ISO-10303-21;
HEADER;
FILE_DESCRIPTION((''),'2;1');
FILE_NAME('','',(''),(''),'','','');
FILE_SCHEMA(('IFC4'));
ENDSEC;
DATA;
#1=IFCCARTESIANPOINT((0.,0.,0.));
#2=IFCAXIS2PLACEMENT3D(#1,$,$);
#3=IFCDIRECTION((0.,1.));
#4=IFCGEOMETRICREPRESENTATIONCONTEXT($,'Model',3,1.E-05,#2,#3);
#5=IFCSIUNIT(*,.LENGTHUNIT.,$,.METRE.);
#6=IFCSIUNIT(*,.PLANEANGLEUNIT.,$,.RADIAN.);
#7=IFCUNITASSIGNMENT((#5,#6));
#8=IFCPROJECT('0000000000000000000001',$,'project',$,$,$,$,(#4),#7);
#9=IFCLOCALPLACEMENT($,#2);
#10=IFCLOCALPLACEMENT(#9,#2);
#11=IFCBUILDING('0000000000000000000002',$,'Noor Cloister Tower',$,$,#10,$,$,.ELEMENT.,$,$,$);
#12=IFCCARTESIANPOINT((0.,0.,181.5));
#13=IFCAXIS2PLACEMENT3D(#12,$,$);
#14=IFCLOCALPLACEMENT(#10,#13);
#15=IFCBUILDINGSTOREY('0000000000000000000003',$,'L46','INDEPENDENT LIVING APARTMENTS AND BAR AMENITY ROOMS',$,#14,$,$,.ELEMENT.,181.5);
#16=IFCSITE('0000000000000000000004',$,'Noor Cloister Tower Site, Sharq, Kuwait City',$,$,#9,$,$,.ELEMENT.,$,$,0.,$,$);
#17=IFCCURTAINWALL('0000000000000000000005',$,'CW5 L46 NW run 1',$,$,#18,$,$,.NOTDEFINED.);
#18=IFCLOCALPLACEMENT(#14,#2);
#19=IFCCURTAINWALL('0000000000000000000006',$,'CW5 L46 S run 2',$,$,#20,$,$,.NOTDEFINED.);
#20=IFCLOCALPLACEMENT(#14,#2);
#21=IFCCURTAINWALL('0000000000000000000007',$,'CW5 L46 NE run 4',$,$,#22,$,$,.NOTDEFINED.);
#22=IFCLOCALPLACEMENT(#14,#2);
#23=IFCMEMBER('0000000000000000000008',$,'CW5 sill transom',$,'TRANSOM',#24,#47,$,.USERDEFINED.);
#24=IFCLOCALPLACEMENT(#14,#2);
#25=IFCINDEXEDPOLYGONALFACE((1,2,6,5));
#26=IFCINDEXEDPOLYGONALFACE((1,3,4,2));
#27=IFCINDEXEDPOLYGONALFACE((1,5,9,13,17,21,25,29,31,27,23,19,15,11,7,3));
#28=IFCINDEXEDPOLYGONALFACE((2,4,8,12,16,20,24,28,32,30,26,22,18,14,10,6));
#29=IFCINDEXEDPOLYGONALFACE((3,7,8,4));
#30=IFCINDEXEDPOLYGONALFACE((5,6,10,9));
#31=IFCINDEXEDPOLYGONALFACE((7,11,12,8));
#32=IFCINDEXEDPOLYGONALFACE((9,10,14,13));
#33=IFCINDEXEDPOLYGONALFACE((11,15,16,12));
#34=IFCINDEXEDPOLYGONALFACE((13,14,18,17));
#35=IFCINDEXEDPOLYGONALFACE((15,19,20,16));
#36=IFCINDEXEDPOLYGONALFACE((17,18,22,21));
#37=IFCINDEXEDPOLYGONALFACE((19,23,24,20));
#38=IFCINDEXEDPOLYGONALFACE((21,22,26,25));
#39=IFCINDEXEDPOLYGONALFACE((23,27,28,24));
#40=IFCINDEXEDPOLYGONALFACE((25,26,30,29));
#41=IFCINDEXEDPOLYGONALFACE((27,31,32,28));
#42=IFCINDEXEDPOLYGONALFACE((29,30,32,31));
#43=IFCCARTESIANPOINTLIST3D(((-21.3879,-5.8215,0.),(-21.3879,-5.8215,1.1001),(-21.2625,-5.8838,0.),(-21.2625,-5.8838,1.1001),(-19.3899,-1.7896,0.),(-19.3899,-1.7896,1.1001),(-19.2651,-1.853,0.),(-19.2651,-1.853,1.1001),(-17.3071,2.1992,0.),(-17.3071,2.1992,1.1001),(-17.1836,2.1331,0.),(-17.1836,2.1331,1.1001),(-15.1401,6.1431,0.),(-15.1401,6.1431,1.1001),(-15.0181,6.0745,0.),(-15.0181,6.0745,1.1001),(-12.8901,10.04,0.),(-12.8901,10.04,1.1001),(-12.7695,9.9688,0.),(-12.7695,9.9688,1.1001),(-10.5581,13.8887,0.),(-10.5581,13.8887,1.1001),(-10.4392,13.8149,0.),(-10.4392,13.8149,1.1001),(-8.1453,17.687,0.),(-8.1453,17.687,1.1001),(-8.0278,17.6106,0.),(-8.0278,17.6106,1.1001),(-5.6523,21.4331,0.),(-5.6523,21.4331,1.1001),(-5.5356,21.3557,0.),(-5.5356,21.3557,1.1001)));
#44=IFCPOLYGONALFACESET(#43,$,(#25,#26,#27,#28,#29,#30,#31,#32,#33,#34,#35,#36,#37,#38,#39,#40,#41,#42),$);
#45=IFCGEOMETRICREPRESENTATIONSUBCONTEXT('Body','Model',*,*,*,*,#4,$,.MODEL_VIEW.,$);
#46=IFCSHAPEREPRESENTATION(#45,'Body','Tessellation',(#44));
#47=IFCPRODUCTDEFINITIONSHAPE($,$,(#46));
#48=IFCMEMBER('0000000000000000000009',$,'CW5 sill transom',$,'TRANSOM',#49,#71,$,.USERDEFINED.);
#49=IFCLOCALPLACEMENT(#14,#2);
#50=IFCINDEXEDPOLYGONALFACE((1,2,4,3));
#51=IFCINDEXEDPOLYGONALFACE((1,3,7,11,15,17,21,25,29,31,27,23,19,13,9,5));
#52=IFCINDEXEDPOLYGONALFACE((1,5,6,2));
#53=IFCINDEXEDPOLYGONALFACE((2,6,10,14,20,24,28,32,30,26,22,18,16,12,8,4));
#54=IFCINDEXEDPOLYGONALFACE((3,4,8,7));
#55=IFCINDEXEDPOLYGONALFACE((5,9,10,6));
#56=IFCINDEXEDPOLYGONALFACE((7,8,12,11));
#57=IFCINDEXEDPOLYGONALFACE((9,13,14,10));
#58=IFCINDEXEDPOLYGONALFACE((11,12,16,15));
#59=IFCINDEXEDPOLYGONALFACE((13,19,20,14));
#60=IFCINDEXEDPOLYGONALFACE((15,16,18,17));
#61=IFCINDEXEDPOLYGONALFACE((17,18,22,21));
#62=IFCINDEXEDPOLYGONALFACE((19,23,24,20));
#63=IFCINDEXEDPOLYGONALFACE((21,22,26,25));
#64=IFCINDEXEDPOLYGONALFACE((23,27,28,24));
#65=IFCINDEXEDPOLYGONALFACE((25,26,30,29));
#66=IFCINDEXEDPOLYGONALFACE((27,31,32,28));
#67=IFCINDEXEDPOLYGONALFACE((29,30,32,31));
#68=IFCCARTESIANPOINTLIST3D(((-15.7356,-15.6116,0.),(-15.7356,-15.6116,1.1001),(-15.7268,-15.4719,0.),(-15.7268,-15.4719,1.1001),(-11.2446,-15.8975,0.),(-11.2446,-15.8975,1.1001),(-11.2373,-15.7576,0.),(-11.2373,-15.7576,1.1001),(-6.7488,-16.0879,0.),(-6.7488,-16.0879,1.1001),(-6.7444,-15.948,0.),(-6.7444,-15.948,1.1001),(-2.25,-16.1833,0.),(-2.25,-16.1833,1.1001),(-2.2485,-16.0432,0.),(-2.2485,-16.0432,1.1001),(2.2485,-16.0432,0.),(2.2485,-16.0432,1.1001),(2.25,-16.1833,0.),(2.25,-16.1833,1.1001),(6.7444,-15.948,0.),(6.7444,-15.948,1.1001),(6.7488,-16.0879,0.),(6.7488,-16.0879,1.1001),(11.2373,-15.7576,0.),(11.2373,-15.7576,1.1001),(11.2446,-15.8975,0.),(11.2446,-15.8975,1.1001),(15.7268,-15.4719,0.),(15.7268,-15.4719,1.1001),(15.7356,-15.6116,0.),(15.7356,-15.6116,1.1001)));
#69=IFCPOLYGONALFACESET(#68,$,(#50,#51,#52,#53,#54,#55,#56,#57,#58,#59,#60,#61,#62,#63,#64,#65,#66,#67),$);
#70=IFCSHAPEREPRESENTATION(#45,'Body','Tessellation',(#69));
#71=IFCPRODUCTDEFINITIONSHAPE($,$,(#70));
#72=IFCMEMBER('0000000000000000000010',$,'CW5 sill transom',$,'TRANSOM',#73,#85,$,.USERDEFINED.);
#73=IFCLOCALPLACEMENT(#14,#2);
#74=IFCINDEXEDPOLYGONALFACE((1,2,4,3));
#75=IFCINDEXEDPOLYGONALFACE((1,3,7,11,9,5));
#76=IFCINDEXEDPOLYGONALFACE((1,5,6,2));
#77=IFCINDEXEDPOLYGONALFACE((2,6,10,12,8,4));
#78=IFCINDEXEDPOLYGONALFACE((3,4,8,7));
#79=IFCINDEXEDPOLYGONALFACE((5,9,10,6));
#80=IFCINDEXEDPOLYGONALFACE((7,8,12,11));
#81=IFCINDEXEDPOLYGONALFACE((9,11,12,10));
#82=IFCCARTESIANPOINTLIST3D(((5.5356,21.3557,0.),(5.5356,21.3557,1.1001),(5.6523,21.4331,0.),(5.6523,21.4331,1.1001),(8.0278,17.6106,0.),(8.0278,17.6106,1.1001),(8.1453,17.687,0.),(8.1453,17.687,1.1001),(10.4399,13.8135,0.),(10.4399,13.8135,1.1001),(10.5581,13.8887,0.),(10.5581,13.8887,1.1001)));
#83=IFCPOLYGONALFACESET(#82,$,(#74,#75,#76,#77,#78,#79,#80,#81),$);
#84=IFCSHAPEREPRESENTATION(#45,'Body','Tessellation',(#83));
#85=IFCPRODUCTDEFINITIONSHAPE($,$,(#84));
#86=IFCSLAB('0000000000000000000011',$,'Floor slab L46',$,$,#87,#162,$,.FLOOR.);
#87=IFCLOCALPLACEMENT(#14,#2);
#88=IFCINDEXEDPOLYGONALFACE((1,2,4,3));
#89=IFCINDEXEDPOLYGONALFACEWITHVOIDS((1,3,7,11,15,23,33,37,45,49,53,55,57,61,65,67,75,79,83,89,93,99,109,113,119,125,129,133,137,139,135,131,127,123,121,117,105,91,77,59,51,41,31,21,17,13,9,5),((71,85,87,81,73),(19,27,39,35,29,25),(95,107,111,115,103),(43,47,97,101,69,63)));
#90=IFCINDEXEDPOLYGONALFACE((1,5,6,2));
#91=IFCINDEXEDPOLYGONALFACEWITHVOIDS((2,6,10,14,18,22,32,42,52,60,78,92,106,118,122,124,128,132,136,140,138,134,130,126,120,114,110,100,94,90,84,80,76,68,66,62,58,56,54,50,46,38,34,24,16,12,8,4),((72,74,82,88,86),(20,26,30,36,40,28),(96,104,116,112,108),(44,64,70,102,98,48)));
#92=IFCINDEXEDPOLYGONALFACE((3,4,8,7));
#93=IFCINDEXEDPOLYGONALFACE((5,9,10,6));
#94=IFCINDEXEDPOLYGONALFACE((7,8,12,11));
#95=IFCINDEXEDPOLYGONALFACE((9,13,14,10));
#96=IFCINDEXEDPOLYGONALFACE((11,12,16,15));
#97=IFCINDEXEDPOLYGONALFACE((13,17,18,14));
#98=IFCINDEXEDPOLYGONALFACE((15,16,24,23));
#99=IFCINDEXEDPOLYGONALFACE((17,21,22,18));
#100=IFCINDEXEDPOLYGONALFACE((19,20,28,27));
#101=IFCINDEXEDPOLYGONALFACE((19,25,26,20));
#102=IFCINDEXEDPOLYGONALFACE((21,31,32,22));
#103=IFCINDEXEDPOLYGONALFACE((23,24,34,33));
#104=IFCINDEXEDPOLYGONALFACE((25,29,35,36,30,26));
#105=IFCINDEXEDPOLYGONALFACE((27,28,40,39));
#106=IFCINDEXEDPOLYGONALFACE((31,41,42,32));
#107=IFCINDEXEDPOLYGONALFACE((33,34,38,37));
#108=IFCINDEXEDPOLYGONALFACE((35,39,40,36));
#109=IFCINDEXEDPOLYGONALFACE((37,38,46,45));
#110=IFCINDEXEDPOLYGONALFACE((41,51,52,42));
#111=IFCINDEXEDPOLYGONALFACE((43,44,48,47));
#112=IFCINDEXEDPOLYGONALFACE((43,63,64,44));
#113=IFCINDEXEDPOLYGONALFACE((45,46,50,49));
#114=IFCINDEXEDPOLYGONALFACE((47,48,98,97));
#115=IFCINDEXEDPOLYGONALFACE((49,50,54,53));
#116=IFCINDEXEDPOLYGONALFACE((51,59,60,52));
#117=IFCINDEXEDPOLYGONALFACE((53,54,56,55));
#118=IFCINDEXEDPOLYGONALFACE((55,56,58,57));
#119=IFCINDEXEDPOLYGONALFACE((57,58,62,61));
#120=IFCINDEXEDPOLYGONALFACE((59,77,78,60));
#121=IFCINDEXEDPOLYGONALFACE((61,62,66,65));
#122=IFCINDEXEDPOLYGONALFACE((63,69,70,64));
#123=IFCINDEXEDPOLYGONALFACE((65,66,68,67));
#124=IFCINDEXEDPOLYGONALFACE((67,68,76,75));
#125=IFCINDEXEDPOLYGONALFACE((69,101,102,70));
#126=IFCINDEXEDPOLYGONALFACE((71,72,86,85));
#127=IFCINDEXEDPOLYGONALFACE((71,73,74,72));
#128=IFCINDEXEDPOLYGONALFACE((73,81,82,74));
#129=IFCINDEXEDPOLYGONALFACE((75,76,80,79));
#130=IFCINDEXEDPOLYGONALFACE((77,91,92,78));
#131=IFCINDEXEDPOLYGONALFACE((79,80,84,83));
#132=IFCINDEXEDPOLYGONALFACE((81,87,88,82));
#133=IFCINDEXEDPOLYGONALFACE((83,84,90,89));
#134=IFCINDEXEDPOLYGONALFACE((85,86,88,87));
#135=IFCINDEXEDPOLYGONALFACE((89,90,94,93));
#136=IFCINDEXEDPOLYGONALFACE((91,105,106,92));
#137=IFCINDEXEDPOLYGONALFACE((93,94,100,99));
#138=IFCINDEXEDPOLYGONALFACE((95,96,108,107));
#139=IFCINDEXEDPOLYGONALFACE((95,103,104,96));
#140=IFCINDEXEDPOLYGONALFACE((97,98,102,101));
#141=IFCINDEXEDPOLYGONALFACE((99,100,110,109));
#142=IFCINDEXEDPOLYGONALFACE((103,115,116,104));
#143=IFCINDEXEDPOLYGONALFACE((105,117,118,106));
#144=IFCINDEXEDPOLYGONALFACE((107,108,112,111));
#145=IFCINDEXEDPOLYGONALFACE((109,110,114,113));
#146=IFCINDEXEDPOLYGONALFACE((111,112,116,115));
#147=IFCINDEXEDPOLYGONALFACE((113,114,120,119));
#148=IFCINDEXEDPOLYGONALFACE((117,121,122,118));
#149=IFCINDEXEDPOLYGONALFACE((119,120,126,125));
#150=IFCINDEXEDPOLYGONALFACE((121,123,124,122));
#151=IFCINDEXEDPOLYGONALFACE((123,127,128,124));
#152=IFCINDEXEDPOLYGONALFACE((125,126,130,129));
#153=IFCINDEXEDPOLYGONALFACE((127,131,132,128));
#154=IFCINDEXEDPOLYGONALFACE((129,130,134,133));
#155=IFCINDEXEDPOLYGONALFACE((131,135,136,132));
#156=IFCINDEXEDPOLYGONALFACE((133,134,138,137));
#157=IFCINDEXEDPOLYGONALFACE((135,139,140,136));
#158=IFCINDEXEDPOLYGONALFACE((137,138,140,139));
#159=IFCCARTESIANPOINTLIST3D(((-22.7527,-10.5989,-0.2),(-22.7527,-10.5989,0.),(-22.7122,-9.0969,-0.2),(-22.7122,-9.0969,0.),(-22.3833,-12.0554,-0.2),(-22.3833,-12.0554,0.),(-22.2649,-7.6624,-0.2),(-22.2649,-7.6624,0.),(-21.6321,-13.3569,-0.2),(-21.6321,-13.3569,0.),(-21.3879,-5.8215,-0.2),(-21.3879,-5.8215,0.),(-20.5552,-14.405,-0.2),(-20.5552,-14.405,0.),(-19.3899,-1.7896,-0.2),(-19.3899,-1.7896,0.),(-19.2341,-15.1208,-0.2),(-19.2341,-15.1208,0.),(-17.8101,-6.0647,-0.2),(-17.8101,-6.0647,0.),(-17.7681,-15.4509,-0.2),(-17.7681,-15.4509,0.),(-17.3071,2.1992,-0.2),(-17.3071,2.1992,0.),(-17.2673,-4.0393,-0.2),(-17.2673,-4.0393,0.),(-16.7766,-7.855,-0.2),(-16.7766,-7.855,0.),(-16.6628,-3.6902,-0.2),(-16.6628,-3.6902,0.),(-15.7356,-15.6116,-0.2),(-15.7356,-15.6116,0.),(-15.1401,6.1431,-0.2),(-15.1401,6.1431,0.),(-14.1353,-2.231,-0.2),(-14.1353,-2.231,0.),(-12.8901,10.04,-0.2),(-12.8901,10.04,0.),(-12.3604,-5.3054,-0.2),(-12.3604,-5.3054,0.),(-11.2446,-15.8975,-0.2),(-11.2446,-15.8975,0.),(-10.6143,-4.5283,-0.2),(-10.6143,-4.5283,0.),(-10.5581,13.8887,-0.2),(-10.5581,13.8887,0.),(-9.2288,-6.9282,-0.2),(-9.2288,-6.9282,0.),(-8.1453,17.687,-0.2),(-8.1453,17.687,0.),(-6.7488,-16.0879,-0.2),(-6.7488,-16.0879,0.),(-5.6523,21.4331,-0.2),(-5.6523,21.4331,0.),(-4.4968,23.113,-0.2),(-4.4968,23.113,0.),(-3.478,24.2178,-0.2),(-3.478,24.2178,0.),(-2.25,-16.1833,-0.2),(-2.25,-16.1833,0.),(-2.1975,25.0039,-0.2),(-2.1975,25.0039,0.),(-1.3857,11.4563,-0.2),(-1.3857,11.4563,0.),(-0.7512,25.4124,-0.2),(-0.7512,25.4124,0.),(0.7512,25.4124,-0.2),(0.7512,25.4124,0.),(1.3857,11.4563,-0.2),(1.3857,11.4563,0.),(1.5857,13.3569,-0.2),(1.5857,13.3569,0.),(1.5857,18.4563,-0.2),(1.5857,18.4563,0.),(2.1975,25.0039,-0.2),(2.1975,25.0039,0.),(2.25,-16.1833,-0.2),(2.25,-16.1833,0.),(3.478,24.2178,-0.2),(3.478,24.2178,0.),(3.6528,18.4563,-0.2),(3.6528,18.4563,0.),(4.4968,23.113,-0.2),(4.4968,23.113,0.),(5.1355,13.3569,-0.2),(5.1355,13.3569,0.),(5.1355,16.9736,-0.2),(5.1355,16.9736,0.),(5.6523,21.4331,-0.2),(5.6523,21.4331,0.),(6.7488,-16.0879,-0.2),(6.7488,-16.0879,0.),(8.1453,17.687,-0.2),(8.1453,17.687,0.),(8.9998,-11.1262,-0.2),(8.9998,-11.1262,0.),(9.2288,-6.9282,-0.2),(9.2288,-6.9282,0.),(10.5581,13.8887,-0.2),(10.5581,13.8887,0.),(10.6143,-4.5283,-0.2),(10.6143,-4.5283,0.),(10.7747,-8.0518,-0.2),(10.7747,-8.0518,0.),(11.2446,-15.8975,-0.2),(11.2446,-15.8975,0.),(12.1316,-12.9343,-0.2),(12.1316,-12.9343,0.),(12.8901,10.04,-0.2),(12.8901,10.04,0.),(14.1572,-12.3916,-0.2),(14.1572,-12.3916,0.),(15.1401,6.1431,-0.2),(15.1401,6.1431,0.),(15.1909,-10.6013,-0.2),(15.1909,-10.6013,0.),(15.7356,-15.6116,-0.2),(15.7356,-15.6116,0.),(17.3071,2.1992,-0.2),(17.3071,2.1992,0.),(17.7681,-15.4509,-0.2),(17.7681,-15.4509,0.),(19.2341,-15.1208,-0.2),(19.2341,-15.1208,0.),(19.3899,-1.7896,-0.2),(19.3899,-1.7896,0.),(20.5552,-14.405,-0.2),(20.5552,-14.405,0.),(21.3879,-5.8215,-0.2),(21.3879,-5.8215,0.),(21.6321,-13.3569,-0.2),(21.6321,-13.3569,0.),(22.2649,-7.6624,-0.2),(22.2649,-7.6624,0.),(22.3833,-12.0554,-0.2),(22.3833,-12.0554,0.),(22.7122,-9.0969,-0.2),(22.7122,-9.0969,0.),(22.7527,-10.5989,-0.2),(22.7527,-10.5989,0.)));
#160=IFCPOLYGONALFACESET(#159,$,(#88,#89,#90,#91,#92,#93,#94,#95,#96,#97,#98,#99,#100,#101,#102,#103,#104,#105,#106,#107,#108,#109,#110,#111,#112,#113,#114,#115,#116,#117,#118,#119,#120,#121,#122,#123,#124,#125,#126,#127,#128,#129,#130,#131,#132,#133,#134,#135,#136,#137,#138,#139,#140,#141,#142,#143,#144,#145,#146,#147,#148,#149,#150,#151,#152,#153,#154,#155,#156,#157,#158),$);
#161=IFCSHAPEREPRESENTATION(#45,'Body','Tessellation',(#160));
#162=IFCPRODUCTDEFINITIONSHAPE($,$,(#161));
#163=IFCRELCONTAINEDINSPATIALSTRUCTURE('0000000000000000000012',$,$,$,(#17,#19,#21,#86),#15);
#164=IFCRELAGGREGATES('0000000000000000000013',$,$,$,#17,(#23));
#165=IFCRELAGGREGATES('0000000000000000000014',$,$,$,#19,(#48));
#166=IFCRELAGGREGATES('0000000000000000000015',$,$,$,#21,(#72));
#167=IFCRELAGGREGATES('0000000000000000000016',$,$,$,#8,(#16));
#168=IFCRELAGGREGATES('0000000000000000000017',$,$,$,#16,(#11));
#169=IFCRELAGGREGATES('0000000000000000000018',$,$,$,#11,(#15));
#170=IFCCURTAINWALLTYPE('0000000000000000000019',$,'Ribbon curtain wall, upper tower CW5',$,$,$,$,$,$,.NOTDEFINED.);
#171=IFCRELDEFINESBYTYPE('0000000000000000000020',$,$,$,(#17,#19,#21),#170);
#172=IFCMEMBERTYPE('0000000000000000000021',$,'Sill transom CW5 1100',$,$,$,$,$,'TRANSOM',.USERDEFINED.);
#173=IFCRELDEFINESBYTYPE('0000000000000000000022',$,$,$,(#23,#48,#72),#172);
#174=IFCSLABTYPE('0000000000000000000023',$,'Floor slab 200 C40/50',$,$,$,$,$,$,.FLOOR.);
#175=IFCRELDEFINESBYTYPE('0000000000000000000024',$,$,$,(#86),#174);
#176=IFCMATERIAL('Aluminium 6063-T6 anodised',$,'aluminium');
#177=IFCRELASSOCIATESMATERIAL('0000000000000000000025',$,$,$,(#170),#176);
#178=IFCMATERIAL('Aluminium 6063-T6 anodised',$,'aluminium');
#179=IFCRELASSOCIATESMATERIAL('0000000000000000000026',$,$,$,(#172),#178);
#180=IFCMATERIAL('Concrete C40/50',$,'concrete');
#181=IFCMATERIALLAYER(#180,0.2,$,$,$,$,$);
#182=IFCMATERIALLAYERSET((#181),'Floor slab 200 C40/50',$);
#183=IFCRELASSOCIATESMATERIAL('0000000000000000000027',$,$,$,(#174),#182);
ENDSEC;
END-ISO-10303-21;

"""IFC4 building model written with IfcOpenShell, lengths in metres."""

from ifc_helpers import new_model, si_unit, direction, frame, origin, place, context, subcontext, project, spatial, polyline, outline, extrude, material, layer, layer_set, type_object, element, aggregate, save


model = new_model("IFC4")

# Units and contexts
model_context = context("Model", 3, precision=1e-05, world=origin(), true_north=direction((0.0, 1.0)))
body_context = subcontext(model_context, "Body", "Model", "MODEL_VIEW")
ifc_project = project(units=[si_unit("LENGTHUNIT", "METRE"), si_unit("PLANEANGLEUNIT", "RADIAN")], contexts=[model_context])

# Site, building, storey
site_placement = place(None, origin())
site = spatial("IfcSite", under=ifc_project, at=site_placement, Name="Noor Cloister Tower Site, Sharq, Kuwait City", CompositionType="ELEMENT", RefElevation=0.0)
building_placement = place(site_placement, origin())
building = spatial("IfcBuilding", under=site, at=building_placement, Name="Noor Cloister Tower", CompositionType="ELEMENT")
storey_placement = place(building_placement, frame((0.0, 0.0, 181.5)))
storey = spatial("IfcBuildingStorey", under=building, at=storey_placement, Name="L46", Description="INDEPENDENT LIVING APARTMENTS AND BAR AMENITY ROOMS", CompositionType="ELEMENT", Elevation=181.5)

# Curtain walls
ifc_material_1 = material(Name="Aluminium 6063-T6 anodised", Category="aluminium")
curtain_wall_type_1 = type_object("IfcCurtainWallType", Name="Ribbon curtain wall, upper tower CW5", PredefinedType="NOTDEFINED", material=ifc_material_1)
curtain_wall_1_placement = place(storey_placement, origin())
curtain_wall_1 = element("IfcCurtainWall", 1, at=curtain_wall_1_placement, inside=storey, type_object=curtain_wall_type_1, Name="CW5 L46 NW run 1", PredefinedType="NOTDEFINED")
curtain_wall_2_placement = place(storey_placement, origin())
curtain_wall_2 = element("IfcCurtainWall", 2, at=curtain_wall_2_placement, inside=storey, type_object=curtain_wall_type_1, Name="CW5 L46 S run 2", PredefinedType="NOTDEFINED")
curtain_wall_3_placement = place(storey_placement, origin())
curtain_wall_3 = element("IfcCurtainWall", 3, at=curtain_wall_3_placement, inside=storey, type_object=curtain_wall_type_1, Name="CW5 L46 NE run 4", PredefinedType="NOTDEFINED")

# Members
ifc_material_2 = material(Name="Aluminium 6063-T6 anodised", Category="aluminium")
member_type_1 = type_object("IfcMemberType", Name="Sill transom CW5 1100", ElementType="TRANSOM", PredefinedType="USERDEFINED", material=ifc_material_2)
member_1_placement = place(storey_placement, origin())
member_1 = element("IfcMember", 4, at=member_1_placement, type_object=member_type_1, Name="CW5 sill transom", ObjectType="TRANSOM", PredefinedType="USERDEFINED", context=body_context, shape_type="SweptSolid", body=[
    extrude(outline(polyline([(-5.6523, 21.4331), (-8.1453, 17.687), (-10.5581, 13.8887), (-12.8901, 10.04), (-15.1401, 6.1431), (-17.3071, 2.1992), (-19.3899, -1.7896), (-21.3879, -5.8215), (-21.2625, -5.8838), (-19.2651, -1.853), (-17.1836, 2.1331), (-15.0181, 6.0745), (-12.7695, 9.9688), (-10.4392, 13.8149), (-8.0278, 17.6106), (-5.5356, 21.3557), (-5.6523, 21.4331)])), origin(), (0.0, 0.0, 1.0), 1.1001),
])
aggregate(curtain_wall_1, [member_1])
member_2_placement = place(storey_placement, origin())
member_2 = element("IfcMember", 5, at=member_2_placement, type_object=member_type_1, Name="CW5 sill transom", ObjectType="TRANSOM", PredefinedType="USERDEFINED", context=body_context, shape_type="SweptSolid", body=[
    extrude(outline(polyline([(-15.7356, -15.6116), (-11.2446, -15.8975), (-6.7488, -16.0879), (-2.25, -16.1833), (2.25, -16.1833), (6.7488, -16.0879), (11.2446, -15.8975), (15.7356, -15.6116), (15.7268, -15.4719), (11.2373, -15.7576), (6.7444, -15.948), (2.2485, -16.0432), (-2.2485, -16.0432), (-6.7444, -15.948), (-11.2373, -15.7576), (-15.7268, -15.4719), (-15.7356, -15.6116)])), origin(), (0.0, 0.0, 1.0), 1.1001),
])
aggregate(curtain_wall_2, [member_2])
member_3_placement = place(storey_placement, origin())
member_3 = element("IfcMember", 6, at=member_3_placement, type_object=member_type_1, Name="CW5 sill transom", ObjectType="TRANSOM", PredefinedType="USERDEFINED", context=body_context, shape_type="SweptSolid", body=[
    extrude(outline(polyline([(10.5581, 13.8887), (8.1453, 17.687), (5.6523, 21.4331), (5.5356, 21.3557), (8.0278, 17.6106), (10.4399, 13.8135), (10.5581, 13.8887)])), origin(), (0.0, 0.0, 1.0), 1.1001),
])
aggregate(curtain_wall_3, [member_3])

# Slab
ifc_material_3 = material(Name="Concrete C40/50", Category="concrete")
ifc_layer_1 = layer(ifc_material_3, 0.2)
ifc_layer_set_1 = layer_set([ifc_layer_1], Name="Floor slab 200 C40/50")
slab_type_1 = type_object("IfcSlabType", Name="Floor slab 200 C40/50", PredefinedType="FLOOR", material=ifc_layer_set_1)
slab_1_placement = place(storey_placement, frame((0.0, 0.0, -0.2)))
element("IfcSlab", 7, at=slab_1_placement, inside=storey, type_object=slab_type_1, Name="Floor slab L46", PredefinedType="FLOOR", context=body_context, shape_type="SweptSolid", body=[
    extrude(outline(polyline([(4.4968, 23.113), (3.478, 24.2178), (2.1975, 25.0039), (0.7512, 25.4124), (-0.7512, 25.4124), (-2.1975, 25.0039), (-3.478, 24.2178), (-4.4968, 23.113), (-5.6523, 21.4331), (-8.1453, 17.687), (-10.5581, 13.8887), (-12.8901, 10.04), (-15.1401, 6.1431), (-17.3071, 2.1992), (-19.3899, -1.7896), (-21.3879, -5.8215), (-22.2649, -7.6624), (-22.7122, -9.0969), (-22.7527, -10.5989), (-22.3833, -12.0554), (-21.6321, -13.3569), (-20.5552, -14.405), (-19.2341, -15.1208), (-17.7681, -15.4509), (-15.7356, -15.6116), (-11.2446, -15.8975), (-6.7488, -16.0879), (-2.25, -16.1833), (2.25, -16.1833), (6.7488, -16.0879), (11.2446, -15.8975), (15.7356, -15.6116), (17.7681, -15.4509), (19.2341, -15.1208), (20.5552, -14.405), (21.6321, -13.3569), (22.3833, -12.0554), (22.7527, -10.5989), (22.7122, -9.0969), (22.2649, -7.6624), (21.3879, -5.8215), (19.3899, -1.7896), (17.3071, 2.1992), (15.1401, 6.1431), (12.8901, 10.04), (10.5581, 13.8887), (8.1453, 17.687), (5.6523, 21.4331), (4.4968, 23.113)]), holes=[polyline([(8.9998, -11.1262), (12.1316, -12.9343), (14.1572, -12.3916), (15.1909, -10.6013), (10.7747, -8.0518), (8.9998, -11.1262)]), polyline([(-17.8101, -6.0647), (-16.7766, -7.855), (-12.3604, -5.3054), (-14.1353, -2.231), (-16.6628, -3.6902), (-17.2673, -4.0393), (-17.8101, -6.0647)]), polyline([(-10.6143, -4.5283), (-9.2288, -6.9282), (9.2288, -6.9282), (10.6143, -4.5283), (1.3857, 11.4563), (-1.3857, 11.4563), (-10.6143, -4.5283)]), polyline([(3.6528, 18.4563), (1.5857, 18.4563), (1.5857, 13.3569), (5.1355, 13.3569), (5.1355, 16.9736), (3.6528, 18.4563)])]), origin(), (0.0, 0.0, 1.0), 0.2),
])

save(model, "model.ifc")
